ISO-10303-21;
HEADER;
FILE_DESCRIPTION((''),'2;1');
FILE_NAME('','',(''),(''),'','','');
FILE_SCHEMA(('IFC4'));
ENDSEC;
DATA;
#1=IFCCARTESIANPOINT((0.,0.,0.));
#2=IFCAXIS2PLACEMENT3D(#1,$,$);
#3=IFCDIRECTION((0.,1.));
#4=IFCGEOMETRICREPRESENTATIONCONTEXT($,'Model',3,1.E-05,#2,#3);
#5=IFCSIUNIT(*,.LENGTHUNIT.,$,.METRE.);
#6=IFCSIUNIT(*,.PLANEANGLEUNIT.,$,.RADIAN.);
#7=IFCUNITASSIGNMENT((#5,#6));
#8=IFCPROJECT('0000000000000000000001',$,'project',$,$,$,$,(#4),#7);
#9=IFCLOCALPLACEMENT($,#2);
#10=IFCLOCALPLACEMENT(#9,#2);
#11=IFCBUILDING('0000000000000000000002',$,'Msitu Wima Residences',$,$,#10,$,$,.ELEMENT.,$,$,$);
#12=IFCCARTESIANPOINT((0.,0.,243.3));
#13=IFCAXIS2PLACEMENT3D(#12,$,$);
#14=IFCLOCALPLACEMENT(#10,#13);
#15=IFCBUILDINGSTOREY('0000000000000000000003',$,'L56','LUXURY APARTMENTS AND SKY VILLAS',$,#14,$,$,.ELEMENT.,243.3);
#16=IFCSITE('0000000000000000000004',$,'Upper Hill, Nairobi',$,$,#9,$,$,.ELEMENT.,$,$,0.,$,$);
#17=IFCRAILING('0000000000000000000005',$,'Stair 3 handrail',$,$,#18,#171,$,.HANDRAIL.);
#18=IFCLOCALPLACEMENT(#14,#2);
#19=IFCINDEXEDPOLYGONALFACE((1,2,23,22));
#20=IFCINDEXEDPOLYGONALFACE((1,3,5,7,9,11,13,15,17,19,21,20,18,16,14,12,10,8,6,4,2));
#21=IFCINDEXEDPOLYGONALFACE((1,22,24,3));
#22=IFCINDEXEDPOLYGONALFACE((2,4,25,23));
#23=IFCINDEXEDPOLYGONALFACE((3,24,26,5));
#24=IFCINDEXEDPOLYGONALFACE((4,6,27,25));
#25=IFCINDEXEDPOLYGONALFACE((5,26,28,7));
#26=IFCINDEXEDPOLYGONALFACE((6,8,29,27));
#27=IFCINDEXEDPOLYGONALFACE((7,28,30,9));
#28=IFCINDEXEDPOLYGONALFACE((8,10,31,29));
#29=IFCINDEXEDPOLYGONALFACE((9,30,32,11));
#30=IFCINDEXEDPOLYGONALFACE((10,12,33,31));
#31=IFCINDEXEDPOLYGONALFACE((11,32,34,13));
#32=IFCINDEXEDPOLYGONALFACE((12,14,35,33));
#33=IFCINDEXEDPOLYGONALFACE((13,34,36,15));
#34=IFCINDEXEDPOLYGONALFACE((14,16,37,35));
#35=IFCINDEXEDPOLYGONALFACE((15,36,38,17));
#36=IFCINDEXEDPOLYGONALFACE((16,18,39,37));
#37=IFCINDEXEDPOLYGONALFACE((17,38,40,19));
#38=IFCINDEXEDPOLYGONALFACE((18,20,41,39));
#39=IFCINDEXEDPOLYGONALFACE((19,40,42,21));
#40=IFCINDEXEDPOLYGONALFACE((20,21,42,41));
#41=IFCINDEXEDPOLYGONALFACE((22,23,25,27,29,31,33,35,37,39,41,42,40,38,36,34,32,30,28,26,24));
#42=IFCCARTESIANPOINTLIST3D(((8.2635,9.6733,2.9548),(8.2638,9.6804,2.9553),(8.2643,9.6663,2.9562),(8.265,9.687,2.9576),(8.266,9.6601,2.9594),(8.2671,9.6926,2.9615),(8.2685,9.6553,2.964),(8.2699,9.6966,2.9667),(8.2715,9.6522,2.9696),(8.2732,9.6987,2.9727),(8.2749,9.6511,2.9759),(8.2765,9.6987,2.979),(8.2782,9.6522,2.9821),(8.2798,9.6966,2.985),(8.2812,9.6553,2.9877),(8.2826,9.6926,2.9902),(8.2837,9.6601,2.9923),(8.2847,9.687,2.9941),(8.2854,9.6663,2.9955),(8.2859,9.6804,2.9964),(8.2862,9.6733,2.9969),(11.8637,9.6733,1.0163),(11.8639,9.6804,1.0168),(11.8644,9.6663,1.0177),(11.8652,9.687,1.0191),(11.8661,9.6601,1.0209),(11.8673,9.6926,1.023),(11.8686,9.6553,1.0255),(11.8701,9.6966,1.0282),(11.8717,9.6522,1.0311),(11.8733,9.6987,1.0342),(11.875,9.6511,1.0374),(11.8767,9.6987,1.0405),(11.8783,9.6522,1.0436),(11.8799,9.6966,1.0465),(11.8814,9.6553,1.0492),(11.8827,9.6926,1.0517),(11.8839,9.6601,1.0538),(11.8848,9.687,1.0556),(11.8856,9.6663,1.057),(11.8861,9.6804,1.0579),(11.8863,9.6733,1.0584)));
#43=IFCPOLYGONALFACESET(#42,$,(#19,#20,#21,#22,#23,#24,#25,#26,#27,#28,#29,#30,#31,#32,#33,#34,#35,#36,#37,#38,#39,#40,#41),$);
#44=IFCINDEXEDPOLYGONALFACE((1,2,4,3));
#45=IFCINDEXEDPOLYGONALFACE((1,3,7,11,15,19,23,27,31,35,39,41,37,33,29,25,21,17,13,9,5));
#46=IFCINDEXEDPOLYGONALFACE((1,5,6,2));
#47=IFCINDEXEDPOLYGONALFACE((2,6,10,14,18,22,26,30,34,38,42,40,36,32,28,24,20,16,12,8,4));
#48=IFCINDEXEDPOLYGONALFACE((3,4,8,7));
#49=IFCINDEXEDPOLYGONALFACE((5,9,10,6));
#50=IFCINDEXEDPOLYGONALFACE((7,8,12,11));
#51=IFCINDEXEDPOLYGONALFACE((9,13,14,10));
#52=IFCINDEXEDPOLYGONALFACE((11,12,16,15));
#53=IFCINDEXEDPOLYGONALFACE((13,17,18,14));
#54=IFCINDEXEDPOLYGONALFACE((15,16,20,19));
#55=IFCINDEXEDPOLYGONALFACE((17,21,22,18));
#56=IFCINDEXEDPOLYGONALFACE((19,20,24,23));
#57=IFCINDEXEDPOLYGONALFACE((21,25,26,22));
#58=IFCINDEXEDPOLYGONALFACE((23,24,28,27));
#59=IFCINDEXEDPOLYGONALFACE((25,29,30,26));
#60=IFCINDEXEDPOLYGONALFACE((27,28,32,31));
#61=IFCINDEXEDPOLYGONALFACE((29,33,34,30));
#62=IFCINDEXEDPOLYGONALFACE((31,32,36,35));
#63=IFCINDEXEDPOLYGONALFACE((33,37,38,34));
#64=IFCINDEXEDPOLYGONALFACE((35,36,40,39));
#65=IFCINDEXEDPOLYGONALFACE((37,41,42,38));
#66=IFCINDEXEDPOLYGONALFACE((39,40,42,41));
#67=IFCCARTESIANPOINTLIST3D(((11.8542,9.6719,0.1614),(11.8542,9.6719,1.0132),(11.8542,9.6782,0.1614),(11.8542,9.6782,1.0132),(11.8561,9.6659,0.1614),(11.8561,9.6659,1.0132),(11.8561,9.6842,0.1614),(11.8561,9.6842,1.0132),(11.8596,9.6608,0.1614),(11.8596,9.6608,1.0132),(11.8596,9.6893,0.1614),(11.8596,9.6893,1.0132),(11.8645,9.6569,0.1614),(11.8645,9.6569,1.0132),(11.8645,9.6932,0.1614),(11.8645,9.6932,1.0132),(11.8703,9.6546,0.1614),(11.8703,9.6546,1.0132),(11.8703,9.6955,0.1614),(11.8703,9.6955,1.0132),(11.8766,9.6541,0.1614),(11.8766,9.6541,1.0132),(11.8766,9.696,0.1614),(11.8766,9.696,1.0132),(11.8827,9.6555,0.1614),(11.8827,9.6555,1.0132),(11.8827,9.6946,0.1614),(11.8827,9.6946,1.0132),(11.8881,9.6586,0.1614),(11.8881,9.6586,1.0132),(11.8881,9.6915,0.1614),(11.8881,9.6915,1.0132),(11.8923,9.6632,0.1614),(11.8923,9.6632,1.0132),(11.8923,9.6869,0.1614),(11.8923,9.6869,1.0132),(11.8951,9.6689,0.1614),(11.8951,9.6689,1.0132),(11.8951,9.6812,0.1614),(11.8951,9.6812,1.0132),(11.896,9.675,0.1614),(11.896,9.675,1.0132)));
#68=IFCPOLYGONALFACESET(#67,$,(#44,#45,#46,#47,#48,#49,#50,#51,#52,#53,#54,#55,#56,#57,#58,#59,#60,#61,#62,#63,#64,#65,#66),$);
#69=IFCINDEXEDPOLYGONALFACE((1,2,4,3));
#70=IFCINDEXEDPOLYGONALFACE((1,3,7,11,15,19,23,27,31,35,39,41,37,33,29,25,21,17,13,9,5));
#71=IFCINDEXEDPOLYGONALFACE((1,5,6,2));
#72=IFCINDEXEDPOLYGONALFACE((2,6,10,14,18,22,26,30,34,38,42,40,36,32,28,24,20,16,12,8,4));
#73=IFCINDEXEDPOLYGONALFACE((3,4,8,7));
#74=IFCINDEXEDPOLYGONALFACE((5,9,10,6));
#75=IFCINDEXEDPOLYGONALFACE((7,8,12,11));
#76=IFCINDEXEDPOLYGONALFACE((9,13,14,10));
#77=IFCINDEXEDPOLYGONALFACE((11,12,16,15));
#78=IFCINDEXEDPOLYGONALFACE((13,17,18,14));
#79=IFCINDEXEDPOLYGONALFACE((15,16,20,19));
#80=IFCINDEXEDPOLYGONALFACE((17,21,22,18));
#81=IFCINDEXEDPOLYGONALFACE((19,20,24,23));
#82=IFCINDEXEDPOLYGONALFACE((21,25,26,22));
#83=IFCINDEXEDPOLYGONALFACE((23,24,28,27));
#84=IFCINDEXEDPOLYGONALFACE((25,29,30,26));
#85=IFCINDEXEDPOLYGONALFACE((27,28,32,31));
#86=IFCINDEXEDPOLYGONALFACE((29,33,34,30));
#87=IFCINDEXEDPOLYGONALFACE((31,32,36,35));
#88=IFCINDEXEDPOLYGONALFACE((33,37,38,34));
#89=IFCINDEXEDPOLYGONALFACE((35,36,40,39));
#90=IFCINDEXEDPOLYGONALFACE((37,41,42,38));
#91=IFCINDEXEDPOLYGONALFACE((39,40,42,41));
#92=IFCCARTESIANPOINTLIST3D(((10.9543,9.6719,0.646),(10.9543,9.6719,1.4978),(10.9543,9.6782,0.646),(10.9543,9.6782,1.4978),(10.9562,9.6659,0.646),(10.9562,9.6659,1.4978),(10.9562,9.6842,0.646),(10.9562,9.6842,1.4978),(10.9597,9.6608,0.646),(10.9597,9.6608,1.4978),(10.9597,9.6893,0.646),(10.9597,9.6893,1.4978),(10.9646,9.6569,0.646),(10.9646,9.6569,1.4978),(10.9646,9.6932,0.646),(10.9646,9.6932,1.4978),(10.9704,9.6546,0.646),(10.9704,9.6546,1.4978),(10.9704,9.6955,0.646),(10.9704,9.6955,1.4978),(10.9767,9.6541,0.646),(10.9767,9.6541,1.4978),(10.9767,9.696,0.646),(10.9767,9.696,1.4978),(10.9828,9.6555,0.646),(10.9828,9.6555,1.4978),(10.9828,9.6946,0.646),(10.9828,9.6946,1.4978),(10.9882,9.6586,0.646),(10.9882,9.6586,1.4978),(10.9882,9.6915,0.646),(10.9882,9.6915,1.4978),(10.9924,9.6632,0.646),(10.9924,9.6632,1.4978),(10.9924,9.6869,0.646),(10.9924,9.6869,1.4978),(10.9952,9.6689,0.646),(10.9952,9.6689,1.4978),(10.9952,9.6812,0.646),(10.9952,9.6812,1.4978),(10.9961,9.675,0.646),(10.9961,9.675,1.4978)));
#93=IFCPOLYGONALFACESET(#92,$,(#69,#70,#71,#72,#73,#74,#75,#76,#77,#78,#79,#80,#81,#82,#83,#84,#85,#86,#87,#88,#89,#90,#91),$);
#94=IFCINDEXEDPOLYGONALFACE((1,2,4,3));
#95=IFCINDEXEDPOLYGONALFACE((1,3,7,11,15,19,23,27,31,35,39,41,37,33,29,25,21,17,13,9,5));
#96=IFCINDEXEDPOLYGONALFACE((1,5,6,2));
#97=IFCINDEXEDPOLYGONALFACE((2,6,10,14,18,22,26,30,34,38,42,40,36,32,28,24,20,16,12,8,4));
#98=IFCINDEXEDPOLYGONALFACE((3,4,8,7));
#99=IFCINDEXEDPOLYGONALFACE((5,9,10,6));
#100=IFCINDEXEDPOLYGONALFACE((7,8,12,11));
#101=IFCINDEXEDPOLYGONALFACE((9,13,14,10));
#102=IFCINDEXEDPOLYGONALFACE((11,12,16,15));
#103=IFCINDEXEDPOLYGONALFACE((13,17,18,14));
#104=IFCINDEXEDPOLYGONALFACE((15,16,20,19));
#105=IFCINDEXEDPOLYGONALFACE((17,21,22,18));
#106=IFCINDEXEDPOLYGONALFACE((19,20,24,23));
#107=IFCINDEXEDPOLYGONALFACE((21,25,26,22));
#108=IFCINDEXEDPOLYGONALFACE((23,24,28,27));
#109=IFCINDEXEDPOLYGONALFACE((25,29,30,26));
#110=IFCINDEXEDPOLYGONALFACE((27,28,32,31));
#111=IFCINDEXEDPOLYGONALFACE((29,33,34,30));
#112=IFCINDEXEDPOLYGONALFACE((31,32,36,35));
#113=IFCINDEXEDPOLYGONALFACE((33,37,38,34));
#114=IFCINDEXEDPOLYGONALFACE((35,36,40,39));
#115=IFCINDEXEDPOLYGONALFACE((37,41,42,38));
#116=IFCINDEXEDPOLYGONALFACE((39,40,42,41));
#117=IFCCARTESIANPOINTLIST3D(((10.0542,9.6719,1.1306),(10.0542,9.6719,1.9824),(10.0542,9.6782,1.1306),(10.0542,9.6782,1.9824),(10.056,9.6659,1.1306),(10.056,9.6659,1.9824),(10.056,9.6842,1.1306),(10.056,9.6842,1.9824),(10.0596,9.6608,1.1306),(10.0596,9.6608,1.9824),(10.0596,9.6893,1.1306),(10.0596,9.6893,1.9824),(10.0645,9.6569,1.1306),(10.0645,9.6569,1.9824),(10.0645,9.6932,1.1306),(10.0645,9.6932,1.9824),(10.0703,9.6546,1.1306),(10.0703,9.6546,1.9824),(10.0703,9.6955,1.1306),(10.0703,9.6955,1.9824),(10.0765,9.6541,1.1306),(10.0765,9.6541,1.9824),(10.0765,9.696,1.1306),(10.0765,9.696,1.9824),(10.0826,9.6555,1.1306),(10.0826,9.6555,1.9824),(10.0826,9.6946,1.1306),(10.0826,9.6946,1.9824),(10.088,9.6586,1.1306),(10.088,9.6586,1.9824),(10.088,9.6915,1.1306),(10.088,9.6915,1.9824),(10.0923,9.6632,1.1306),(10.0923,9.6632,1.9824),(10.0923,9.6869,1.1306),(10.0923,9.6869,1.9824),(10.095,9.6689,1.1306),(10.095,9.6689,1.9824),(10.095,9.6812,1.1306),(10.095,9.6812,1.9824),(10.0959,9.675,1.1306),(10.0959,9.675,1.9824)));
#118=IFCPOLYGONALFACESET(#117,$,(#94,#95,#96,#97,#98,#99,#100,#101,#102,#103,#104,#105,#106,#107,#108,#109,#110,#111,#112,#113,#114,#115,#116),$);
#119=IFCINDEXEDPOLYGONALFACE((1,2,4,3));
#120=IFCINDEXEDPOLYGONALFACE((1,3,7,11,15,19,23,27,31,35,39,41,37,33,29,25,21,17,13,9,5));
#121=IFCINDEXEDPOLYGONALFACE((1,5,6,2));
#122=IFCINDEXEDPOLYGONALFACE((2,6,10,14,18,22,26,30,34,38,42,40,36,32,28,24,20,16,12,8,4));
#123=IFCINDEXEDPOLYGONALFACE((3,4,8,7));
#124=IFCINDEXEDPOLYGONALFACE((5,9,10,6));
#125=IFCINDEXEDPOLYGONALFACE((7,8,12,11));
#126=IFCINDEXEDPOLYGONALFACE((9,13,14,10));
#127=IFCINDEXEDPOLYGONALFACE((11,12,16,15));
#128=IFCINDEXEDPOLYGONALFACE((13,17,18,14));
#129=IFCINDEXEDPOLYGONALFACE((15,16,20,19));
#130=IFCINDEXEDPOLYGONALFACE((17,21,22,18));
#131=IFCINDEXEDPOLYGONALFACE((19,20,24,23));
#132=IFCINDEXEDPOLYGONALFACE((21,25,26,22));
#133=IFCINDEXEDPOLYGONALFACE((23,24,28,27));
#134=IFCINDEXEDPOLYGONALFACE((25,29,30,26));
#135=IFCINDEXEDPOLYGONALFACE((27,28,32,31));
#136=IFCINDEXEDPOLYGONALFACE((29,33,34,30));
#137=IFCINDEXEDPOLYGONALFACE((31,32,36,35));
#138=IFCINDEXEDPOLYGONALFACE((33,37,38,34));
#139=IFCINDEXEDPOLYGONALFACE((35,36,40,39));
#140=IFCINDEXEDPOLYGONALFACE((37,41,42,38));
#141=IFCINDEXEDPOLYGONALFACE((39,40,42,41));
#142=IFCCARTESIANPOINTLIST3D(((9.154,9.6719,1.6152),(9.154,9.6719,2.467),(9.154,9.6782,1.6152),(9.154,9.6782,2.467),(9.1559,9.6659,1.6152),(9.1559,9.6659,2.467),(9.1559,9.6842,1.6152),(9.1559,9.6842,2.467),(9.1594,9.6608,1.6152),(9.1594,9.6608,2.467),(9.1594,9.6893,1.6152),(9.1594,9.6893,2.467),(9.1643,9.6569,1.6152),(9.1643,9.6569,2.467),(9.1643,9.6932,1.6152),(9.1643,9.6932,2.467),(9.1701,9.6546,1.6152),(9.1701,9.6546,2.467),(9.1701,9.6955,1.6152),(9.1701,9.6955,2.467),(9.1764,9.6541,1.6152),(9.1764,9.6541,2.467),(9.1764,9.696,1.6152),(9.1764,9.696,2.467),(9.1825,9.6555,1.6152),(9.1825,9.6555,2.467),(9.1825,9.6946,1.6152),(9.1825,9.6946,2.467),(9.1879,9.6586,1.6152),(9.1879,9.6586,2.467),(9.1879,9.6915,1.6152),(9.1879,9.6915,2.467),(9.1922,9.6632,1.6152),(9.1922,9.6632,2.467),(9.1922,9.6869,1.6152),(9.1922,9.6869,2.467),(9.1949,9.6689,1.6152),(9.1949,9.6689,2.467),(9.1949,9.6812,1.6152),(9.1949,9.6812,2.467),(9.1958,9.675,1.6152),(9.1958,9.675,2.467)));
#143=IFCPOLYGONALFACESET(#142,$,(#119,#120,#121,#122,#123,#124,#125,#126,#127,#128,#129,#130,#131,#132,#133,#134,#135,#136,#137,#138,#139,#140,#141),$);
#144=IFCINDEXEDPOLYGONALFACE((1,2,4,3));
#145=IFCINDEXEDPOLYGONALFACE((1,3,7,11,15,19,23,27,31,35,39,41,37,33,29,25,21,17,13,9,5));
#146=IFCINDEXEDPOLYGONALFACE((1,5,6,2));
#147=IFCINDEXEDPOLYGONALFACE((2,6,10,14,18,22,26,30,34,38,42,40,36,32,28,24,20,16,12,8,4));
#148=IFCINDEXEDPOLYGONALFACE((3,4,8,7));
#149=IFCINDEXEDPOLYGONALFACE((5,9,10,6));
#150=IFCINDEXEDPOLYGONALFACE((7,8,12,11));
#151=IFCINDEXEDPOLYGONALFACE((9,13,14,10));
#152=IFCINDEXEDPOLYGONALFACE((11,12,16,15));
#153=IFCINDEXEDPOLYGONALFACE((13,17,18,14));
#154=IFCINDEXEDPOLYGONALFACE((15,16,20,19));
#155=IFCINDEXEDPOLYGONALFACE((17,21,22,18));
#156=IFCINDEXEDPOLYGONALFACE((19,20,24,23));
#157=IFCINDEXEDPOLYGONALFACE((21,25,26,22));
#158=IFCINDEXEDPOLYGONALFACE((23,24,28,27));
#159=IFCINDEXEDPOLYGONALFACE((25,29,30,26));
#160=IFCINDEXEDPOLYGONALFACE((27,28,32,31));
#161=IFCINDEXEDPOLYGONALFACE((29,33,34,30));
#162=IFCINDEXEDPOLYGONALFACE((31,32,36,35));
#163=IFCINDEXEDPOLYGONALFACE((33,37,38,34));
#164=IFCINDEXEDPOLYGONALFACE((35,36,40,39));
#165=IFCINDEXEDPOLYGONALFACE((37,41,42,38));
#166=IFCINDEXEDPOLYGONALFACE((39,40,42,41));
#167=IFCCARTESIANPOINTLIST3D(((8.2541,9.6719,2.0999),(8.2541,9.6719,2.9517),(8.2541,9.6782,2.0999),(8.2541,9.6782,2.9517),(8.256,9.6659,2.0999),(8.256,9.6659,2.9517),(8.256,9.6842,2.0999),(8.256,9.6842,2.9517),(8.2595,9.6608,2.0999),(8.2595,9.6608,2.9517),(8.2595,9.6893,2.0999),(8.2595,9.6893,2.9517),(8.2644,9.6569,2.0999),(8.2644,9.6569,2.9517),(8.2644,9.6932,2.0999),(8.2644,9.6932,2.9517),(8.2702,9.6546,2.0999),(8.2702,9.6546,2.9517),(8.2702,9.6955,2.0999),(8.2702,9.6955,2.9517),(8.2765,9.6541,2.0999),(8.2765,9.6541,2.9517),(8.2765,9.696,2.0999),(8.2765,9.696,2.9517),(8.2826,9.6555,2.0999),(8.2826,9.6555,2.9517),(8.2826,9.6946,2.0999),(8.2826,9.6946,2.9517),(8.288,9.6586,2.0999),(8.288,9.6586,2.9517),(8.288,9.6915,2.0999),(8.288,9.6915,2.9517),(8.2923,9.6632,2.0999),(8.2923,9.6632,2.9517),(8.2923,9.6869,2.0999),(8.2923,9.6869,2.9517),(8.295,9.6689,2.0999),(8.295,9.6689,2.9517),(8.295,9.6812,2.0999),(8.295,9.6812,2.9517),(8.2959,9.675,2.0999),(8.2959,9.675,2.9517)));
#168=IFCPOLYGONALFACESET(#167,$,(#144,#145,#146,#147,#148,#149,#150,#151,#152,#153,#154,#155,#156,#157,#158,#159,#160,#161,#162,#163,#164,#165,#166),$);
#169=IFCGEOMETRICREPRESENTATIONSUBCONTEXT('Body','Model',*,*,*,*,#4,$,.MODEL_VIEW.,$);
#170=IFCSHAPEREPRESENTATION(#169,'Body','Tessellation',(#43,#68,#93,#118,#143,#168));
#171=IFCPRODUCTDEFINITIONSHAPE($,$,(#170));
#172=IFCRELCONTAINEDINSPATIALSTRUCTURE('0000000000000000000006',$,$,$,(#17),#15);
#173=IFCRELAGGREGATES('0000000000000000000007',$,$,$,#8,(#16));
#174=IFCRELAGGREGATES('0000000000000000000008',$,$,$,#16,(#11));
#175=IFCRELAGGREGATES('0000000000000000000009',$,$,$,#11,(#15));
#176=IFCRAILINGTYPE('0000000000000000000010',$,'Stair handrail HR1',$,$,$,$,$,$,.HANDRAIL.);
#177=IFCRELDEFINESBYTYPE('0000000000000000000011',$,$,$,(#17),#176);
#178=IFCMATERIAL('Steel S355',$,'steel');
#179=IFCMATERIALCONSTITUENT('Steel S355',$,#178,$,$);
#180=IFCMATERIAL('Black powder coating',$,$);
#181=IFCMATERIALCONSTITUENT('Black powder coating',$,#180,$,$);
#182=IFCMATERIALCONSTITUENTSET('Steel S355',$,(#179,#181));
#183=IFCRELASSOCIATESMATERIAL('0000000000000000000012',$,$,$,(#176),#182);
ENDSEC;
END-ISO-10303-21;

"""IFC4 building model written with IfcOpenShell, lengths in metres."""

from ifc_helpers import new_model, si_unit, direction, frame, origin, origin_2d, place, context, subcontext, project, spatial, circle, extrude, material, constituent, constituent_set, type_object, element, save


model = new_model("IFC4")

# Units and contexts
model_context = context("Model", 3, precision=1e-05, world=origin(), true_north=direction((0.0, 1.0)))
body_context = subcontext(model_context, "Body", "Model", "MODEL_VIEW")
ifc_project = project(units=[si_unit("LENGTHUNIT", "METRE"), si_unit("PLANEANGLEUNIT", "RADIAN")], contexts=[model_context])

# Site, building, storey
site_placement = place(None, origin())
site = spatial("IfcSite", under=ifc_project, at=site_placement, Name="Upper Hill, Nairobi", CompositionType="ELEMENT", RefElevation=0.0)
building_placement = place(site_placement, origin())
building = spatial("IfcBuilding", under=site, at=building_placement, Name="Msitu Wima Residences", CompositionType="ELEMENT")
storey_placement = place(building_placement, frame((0.0, 0.0, 243.3)))
storey = spatial("IfcBuildingStorey", under=building, at=storey_placement, Name="L56", Description="LUXURY APARTMENTS AND SKY VILLAS", CompositionType="ELEMENT", Elevation=243.3)

# Railing
ifc_material_1 = material(Name="Steel S355", Category="steel")
ifc_constituent_1 = constituent(ifc_material_1, Name="Steel S355")
ifc_material_2 = material(Name="Black powder coating")
ifc_constituent_2 = constituent(ifc_material_2, Name="Black powder coating")
ifc_constituent_set = constituent_set(constituents=[ifc_constituent_1, ifc_constituent_2], Name="Steel S355")
railing_type = type_object("IfcRailingType", Name="Stair handrail HR1", PredefinedType="HANDRAIL", material=ifc_constituent_set)
for number, where, name in (
    (1, (11.875, 9.675, 0.1614), "Stair 3 handrail"),
):
    element("IfcRailing", number, at=place(storey_placement, frame(where)), inside=storey, type_object=railing_type, Name=name, PredefinedType="HANDRAIL", context=body_context, shape_type="SweptSolid", body=[
        extrude(circle(Radius=0.0239, at=origin_2d()), frame((0.0, 0.0, 0.876), z_axis=(-0.880475, 0.0, 0.474093), x_axis=(0.0, -1.0, 0.0)), (0.0, 0.0, 1.0), 4.0889),
        extrude(circle(Radius=0.021, at=origin_2d()), origin(), (0.0, 0.0, 1.0), 0.8518),
        extrude(circle(Radius=0.021, at=origin_2d()), frame((-0.8999, 0.0, 0.4846)), (0.0, 0.0, 1.0), 0.8518),
        extrude(circle(Radius=0.021, at=origin_2d()), frame((-1.8, 0.0, 0.9692)), (0.0, 0.0, 1.0), 0.8518),
        extrude(circle(Radius=0.021, at=origin_2d()), frame((-2.7002, 0.0, 1.4539)), (0.0, 0.0, 1.0), 0.8518),
        extrude(circle(Radius=0.021, at=origin_2d()), frame((-3.6001, 0.0, 1.9385)), (0.0, 0.0, 1.0), 0.8518),
    ])

save(model, "model.ifc")
